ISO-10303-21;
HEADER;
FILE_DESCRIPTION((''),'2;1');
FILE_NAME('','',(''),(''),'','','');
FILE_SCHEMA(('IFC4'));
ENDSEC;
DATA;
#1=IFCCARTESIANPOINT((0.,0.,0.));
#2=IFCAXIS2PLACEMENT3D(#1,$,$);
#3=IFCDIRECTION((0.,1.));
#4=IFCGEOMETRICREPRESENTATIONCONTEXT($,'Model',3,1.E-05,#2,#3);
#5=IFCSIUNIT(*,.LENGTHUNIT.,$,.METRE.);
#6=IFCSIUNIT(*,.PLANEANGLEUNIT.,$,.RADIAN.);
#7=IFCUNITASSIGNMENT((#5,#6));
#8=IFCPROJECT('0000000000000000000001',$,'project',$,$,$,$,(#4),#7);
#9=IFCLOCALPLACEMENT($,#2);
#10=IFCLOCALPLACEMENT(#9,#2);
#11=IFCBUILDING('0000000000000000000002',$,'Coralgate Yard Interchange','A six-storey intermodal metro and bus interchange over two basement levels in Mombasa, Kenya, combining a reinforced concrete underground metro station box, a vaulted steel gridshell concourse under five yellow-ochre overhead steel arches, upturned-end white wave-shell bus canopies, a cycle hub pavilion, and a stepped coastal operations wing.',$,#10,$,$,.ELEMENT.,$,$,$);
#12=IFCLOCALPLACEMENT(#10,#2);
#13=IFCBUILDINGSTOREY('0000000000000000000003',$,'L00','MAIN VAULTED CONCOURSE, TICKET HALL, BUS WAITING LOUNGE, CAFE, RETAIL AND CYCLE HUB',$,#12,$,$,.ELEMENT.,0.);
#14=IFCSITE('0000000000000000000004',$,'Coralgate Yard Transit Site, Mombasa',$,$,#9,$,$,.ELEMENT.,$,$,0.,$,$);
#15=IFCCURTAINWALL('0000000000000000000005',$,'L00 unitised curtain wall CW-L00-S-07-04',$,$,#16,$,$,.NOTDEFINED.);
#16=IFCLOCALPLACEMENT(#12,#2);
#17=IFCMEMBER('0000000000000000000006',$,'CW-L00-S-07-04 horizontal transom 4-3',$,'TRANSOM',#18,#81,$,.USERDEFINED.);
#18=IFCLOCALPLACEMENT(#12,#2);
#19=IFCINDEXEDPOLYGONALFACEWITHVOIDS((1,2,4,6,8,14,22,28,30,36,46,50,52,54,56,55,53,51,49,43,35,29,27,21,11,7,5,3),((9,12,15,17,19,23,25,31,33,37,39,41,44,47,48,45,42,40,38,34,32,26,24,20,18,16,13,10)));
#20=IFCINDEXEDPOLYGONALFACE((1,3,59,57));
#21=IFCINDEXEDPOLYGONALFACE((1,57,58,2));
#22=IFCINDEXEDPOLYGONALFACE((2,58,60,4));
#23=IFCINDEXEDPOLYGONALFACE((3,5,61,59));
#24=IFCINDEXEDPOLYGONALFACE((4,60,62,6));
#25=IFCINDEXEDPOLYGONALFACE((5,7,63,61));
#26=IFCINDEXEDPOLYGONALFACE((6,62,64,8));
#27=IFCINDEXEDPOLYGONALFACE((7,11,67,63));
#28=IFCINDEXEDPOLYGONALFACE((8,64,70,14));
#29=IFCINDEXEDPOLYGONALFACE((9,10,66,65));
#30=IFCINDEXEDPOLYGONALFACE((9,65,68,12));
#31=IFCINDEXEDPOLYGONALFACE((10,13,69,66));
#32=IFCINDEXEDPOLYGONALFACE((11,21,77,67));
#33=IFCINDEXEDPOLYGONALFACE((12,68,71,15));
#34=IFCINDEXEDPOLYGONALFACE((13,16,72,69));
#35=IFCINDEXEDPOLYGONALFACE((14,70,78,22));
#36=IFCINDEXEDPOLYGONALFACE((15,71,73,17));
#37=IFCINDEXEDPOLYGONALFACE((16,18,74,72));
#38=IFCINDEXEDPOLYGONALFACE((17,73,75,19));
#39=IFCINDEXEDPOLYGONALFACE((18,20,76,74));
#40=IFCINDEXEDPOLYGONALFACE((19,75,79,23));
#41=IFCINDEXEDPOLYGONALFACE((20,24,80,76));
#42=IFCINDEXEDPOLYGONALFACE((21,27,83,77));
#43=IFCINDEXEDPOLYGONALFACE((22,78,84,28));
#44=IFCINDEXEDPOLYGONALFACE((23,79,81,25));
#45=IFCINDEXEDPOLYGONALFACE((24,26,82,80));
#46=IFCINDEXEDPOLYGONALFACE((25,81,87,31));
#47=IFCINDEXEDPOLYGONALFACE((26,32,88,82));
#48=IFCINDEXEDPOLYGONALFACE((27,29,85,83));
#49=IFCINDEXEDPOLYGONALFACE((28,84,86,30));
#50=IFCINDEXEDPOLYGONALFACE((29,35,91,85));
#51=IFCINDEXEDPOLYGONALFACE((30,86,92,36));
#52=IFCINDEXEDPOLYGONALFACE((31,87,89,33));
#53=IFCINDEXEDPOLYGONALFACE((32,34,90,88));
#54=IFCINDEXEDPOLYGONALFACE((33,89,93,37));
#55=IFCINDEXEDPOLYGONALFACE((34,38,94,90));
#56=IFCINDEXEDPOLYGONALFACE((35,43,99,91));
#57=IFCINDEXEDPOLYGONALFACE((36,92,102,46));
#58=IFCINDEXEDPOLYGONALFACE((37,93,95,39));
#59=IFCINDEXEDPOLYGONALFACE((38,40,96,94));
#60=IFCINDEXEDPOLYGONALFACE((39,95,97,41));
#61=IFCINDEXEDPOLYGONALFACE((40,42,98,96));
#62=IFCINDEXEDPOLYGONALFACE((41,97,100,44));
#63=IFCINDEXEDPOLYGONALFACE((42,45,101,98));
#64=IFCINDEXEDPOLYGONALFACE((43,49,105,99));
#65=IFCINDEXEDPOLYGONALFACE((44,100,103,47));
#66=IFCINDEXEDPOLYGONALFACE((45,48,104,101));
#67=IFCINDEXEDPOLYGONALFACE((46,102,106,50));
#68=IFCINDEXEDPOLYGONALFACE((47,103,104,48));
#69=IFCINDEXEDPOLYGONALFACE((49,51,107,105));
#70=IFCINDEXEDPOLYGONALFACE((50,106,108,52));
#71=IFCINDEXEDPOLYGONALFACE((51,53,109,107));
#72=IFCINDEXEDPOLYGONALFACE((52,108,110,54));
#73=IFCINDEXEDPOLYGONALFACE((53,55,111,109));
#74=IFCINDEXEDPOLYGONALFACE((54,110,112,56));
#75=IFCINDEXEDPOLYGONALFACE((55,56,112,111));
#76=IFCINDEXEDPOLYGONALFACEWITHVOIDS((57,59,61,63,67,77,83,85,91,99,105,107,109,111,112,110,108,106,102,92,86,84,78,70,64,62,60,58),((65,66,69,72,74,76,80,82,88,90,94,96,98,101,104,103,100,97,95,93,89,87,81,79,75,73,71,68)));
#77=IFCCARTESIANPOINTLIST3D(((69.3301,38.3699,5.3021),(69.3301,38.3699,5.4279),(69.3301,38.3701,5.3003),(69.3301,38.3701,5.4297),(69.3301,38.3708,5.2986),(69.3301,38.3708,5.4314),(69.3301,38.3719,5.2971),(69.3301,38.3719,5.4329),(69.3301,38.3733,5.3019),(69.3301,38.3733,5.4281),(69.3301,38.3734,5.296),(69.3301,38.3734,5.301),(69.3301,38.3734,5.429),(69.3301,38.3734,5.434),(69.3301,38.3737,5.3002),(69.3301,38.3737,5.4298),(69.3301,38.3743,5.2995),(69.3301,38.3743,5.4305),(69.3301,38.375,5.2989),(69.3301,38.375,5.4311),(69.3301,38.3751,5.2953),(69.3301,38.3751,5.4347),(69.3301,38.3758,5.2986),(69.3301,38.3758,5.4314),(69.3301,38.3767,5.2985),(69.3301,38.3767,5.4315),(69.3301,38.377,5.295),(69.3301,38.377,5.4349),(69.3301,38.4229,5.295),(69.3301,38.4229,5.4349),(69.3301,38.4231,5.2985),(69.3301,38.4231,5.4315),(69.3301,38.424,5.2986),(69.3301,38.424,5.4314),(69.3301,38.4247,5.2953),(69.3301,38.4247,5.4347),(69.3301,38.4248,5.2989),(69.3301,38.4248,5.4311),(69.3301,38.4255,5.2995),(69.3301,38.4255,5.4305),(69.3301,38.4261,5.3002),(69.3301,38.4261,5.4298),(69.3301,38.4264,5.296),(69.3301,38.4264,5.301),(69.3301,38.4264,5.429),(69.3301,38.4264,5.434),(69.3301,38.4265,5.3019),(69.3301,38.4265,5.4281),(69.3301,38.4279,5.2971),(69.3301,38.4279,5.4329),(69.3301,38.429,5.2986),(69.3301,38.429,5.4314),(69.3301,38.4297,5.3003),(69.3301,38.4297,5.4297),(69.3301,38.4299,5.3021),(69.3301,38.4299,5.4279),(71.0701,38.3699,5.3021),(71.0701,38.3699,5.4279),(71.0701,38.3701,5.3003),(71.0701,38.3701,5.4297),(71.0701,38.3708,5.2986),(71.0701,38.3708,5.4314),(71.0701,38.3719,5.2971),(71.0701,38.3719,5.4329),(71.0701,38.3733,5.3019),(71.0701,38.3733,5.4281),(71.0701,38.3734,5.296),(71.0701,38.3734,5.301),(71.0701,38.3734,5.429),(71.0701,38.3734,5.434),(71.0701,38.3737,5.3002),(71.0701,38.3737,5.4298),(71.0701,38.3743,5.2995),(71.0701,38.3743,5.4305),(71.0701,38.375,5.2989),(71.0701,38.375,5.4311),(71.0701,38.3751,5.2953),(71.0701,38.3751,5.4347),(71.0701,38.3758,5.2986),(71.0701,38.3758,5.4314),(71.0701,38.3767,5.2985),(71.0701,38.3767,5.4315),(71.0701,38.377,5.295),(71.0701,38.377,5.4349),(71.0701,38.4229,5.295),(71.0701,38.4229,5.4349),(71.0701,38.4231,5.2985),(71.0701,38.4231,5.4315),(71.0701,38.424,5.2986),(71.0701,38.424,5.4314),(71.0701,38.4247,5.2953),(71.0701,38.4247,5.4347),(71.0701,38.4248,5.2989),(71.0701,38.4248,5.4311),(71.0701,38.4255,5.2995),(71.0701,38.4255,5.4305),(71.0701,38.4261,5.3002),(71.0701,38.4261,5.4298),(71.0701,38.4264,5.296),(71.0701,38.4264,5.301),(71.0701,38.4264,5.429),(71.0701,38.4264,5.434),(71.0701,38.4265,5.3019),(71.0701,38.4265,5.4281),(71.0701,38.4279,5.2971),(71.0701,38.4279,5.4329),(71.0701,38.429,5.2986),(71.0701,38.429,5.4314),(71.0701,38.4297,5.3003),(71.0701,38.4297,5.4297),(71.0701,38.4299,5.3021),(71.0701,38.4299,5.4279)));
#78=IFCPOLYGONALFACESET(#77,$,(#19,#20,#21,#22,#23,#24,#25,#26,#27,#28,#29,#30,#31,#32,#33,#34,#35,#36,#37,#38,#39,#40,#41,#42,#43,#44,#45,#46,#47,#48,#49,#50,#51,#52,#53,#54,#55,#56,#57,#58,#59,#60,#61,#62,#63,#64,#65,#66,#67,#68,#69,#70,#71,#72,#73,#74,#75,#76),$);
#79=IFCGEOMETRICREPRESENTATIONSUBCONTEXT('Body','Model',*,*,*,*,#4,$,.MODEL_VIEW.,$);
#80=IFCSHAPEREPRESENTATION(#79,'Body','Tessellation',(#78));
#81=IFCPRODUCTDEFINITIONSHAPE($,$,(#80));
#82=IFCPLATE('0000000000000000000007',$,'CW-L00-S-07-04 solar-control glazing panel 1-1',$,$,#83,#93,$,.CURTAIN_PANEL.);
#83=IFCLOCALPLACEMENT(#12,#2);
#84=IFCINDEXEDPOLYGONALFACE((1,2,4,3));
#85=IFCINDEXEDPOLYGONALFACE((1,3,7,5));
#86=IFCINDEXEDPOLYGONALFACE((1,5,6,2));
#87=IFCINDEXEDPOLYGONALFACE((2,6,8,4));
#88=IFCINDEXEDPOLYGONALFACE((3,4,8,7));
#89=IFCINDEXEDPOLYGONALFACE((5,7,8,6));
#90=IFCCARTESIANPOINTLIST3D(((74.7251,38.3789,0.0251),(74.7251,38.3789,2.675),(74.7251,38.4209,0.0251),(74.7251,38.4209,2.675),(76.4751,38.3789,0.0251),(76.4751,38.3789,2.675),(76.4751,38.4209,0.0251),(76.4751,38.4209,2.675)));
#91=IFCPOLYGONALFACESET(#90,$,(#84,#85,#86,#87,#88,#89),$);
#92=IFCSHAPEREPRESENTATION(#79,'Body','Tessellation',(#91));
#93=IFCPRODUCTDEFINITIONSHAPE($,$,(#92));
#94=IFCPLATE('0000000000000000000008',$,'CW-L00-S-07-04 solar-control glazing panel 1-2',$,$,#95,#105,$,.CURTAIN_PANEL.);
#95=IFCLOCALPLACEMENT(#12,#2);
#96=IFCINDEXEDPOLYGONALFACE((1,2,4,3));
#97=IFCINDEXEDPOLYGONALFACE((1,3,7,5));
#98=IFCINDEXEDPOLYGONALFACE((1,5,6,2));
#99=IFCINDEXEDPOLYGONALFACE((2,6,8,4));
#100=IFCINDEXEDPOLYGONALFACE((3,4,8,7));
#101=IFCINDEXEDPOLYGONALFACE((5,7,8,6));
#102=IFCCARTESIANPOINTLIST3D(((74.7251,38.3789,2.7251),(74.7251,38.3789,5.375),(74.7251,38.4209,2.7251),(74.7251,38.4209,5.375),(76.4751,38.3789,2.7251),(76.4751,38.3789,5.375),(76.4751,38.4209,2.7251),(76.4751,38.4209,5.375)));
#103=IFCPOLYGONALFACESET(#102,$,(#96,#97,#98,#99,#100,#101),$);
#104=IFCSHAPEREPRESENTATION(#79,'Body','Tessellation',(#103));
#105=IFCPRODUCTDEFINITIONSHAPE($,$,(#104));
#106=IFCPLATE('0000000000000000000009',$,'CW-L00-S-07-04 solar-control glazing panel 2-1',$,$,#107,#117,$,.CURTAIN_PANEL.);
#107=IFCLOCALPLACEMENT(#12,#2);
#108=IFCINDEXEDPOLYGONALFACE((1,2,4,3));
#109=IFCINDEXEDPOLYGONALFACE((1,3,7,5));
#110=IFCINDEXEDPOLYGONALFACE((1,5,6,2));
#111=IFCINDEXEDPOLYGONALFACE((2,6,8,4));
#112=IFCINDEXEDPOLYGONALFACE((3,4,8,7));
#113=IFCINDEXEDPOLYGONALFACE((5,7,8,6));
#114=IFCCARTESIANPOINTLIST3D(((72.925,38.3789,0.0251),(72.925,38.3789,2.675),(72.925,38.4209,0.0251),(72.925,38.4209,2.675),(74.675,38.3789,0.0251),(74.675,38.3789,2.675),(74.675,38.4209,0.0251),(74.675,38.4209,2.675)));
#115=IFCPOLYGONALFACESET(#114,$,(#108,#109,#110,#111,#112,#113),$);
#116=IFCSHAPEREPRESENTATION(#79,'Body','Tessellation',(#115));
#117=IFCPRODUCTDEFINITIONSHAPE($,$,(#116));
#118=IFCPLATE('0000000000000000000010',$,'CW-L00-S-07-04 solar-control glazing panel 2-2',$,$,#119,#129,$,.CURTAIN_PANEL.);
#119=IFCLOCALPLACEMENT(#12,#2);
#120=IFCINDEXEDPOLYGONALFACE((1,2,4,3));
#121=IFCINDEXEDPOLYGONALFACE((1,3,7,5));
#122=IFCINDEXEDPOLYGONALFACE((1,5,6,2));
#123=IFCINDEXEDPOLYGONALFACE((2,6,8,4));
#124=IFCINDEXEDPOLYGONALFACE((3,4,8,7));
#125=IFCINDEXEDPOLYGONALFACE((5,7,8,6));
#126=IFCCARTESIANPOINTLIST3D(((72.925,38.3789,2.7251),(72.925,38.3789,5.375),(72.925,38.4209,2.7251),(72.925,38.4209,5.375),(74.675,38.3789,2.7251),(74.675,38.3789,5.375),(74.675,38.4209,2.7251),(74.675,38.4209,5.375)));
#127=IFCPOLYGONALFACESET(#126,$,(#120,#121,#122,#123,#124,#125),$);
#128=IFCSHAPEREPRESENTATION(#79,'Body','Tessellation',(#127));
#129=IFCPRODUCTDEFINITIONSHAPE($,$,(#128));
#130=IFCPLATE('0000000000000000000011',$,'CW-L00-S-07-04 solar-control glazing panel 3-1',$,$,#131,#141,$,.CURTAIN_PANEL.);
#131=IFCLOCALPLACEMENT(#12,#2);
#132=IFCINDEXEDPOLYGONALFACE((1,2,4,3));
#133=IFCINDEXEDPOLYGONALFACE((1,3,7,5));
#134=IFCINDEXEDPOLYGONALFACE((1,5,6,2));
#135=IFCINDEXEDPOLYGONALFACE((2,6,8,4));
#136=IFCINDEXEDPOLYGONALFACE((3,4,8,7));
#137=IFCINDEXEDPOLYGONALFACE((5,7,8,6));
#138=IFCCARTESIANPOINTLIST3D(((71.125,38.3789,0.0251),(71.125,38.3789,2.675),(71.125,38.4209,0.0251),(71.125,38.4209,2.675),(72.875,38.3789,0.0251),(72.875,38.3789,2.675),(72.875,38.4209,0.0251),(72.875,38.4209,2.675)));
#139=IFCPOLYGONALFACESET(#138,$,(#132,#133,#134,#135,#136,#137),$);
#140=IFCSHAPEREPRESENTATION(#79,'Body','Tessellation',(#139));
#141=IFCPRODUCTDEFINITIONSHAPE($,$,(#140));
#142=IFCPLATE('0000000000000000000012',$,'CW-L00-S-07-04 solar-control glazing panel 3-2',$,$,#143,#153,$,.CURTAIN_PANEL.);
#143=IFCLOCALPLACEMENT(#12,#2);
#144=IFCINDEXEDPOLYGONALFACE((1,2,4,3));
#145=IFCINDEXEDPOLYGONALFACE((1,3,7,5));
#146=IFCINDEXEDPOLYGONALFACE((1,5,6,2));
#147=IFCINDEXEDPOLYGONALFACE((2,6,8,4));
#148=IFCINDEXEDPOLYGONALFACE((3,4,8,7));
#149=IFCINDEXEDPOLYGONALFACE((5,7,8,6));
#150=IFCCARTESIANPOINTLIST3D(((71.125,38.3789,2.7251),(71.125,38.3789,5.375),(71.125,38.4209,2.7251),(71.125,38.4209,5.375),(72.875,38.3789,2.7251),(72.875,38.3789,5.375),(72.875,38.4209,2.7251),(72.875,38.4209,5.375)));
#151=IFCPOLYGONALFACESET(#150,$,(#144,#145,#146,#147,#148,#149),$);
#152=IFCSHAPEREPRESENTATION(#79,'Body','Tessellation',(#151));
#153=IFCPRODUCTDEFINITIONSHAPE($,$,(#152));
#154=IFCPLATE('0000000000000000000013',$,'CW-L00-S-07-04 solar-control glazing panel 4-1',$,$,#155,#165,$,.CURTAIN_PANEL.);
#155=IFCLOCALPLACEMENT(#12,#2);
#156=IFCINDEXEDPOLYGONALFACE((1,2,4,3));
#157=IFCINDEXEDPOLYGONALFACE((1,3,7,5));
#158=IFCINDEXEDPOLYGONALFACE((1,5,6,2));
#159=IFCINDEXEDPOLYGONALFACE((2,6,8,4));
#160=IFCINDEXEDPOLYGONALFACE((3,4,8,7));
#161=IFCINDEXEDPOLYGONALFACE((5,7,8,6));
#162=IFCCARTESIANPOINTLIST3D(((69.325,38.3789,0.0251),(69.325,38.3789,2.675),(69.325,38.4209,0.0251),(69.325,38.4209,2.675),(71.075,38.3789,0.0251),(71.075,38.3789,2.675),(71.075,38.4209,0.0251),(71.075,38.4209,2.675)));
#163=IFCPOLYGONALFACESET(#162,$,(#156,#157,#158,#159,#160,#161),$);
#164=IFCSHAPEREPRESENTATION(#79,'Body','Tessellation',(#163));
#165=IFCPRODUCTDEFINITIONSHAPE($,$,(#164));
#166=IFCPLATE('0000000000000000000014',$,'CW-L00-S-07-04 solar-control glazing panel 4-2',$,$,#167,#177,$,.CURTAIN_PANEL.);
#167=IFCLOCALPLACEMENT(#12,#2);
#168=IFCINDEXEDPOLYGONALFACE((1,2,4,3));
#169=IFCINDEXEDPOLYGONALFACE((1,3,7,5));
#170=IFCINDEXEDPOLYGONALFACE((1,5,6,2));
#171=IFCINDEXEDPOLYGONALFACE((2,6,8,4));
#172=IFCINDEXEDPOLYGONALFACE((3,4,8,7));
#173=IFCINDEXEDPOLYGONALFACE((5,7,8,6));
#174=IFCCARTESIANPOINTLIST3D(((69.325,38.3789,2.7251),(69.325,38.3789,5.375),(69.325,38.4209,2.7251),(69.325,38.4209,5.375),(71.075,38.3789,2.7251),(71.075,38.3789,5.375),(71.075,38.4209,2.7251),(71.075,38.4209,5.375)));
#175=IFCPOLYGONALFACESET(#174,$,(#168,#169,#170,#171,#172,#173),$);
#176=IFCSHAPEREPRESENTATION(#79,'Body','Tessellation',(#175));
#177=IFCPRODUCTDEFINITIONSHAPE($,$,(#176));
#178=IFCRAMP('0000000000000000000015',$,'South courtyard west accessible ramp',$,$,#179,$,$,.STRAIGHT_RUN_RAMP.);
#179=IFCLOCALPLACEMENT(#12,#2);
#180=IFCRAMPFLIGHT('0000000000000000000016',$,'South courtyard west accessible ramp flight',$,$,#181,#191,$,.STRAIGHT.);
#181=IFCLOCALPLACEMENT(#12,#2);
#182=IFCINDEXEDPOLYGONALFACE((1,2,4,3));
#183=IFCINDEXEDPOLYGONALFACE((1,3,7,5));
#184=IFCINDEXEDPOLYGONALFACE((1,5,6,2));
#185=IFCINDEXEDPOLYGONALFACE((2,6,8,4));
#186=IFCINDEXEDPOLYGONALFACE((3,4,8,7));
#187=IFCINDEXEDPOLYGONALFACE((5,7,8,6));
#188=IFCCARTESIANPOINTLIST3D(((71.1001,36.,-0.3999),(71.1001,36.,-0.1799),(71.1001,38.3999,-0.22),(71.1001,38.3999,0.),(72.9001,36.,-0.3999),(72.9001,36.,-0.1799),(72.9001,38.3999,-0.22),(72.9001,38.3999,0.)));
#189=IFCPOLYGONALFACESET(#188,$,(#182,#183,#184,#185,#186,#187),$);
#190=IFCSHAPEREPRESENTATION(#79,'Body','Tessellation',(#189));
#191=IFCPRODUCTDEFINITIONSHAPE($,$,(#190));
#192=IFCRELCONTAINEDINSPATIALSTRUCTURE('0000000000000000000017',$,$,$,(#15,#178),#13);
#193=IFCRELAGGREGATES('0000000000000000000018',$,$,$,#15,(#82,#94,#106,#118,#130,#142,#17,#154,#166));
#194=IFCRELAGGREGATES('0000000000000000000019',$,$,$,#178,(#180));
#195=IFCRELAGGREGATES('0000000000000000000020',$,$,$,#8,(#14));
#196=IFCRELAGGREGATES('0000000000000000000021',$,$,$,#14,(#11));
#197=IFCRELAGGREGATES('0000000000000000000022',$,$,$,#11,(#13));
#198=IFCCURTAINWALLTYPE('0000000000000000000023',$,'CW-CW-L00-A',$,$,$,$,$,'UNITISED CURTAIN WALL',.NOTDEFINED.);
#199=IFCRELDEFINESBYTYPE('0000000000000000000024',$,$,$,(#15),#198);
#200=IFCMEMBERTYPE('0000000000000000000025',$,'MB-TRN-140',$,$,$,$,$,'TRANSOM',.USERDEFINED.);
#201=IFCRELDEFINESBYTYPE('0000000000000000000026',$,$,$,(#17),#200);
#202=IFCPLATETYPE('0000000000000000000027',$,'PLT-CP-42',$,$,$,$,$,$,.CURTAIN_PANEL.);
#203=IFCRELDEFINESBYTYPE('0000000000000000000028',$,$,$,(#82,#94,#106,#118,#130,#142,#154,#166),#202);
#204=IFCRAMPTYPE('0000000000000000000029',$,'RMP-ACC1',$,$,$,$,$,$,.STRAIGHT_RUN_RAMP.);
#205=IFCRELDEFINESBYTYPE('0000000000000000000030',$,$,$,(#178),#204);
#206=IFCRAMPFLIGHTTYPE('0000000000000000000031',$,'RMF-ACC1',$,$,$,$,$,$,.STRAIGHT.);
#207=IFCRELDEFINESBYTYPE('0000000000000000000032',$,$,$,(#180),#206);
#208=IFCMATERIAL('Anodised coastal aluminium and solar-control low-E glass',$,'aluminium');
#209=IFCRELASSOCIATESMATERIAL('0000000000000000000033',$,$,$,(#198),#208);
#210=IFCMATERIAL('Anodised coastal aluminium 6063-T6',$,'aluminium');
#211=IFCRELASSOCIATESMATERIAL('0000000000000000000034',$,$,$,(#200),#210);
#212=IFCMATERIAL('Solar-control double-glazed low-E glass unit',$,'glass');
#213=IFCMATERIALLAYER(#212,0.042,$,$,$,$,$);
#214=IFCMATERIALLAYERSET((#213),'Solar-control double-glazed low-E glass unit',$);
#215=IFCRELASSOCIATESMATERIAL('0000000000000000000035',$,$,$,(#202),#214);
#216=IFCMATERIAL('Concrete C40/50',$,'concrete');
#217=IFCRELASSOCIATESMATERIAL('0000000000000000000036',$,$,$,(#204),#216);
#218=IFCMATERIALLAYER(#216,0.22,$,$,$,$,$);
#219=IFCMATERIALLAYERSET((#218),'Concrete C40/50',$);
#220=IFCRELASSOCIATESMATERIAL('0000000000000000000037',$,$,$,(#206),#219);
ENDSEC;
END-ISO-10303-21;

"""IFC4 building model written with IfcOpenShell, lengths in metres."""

from ifc_helpers import new_model, si_unit, direction, frame, origin, origin_2d, place, context, subcontext, project, spatial, polyline, rectangle, hollow_rectangle, outline, extrude, material, layer, layer_set, material_profile, profile_set, type_object, element, aggregate, save


model = new_model("IFC4")

# Units and contexts
model_context = context("Model", 3, precision=1e-05, world=origin(), true_north=direction((0.0, 1.0)))
body_context = subcontext(model_context, "Body", "Model", "MODEL_VIEW")
ifc_project = project(units=[si_unit("LENGTHUNIT", "METRE"), si_unit("PLANEANGLEUNIT", "RADIAN")], contexts=[model_context])

# Site, building, storey
site_placement = place(None, origin())
site = spatial("IfcSite", under=ifc_project, at=site_placement, Name="Coralgate Yard Transit Site, Mombasa", CompositionType="ELEMENT", RefElevation=0.0)
building_placement = place(site_placement, origin())
building = spatial("IfcBuilding", under=site, at=building_placement, Name="Coralgate Yard Interchange", Description="A six-storey intermodal metro and bus interchange over two basement levels in Mombasa, Kenya, combining a reinforced concrete underground metro station box, a vaulted steel gridshell concourse under five yellow-ochre overhead steel arches, upturned-end white wave-shell bus canopies, a cycle hub pavilion, and a stepped coastal operations wing.", CompositionType="ELEMENT")
storey_placement = place(building_placement, origin())
storey = spatial("IfcBuildingStorey", under=building, at=storey_placement, Name="L00", Description="MAIN VAULTED CONCOURSE, TICKET HALL, BUS WAITING LOUNGE, CAFE, RETAIL AND CYCLE HUB", CompositionType="ELEMENT", Elevation=0.0)

# Shared definitions
ifc_material_1 = material(Name="Concrete C40/50", Category="concrete")

# Curtain wall, member, plates
ifc_material_2 = material(Name="Anodised coastal aluminium and solar-control low-E glass", Category="aluminium")
curtain_wall_type = type_object("IfcCurtainWallType", Name="CW-CW-L00-A", ElementType="UNITISED CURTAIN WALL", PredefinedType="NOTDEFINED", material=ifc_material_2)
curtain_wall_placement = place(storey_placement, origin())
curtain_wall = element("IfcCurtainWall", 1, at=curtain_wall_placement, inside=storey, type_object=curtain_wall_type, Name="L00 unitised curtain wall CW-L00-S-07-04", PredefinedType="NOTDEFINED")
ifc_material_3 = material(Name="Anodised coastal aluminium 6063-T6", Category="aluminium")
ifc_material_profile_1 = material_profile(ifc_material_3, hollow_rectangle(XDim=0.0601, YDim=0.1399, WallThickness=0.0034, InnerFilletRadius=0.0034, OuterFilletRadius=0.0071, at=origin_2d()), Name="ALU 60x140x3.5")
ifc_profile_set_1 = profile_set([ifc_material_profile_1], Name="Anodised coastal aluminium 6063-T6")
member_type_1 = type_object("IfcMemberType", Name="MB-TRN-140", ElementType="TRANSOM", PredefinedType="USERDEFINED", material=ifc_profile_set_1)
member_1_placement = place(storey_placement, frame((71.0701, 38.3999, 5.365), z_axis=(-1.0, 0.0, 0.0), x_axis=(0.0, -1.0, 0.0)))
member_1 = element("IfcMember", 2, at=member_1_placement, type_object=member_type_1, Name="CW-L00-S-07-04 horizontal transom 4-3", ObjectType="TRANSOM", PredefinedType="USERDEFINED", context=body_context, shape_type="SweptSolid", body=[
    extrude(hollow_rectangle(XDim=0.0601, YDim=0.1399, WallThickness=0.0034, InnerFilletRadius=0.0034, OuterFilletRadius=0.0071, at=origin_2d()), origin(), (0.0, 0.0, 1.0), 1.74),
])
ifc_material_4 = material(Name="Solar-control double-glazed low-E glass unit", Category="glass")
ifc_layer_1 = layer(ifc_material_4, 0.042)
ifc_layer_set_1 = layer_set([ifc_layer_1], Name="Solar-control double-glazed low-E glass unit")
plate_type = type_object("IfcPlateType", Name="PLT-CP-42", PredefinedType="CURTAIN_PANEL", material=ifc_layer_set_1)
plate_1_placement = place(storey_placement, frame((75.6001, 38.3999, 0.0251), z_axis=(0.0, 0.0, 1.0), x_axis=(-1.0, 0.0, 0.0)))
plate_1 = element("IfcPlate", 3, at=plate_1_placement, type_object=plate_type, Name="CW-L00-S-07-04 solar-control glazing panel 1-1", PredefinedType="CURTAIN_PANEL", context=body_context, shape_type="SweptSolid", body=[
    extrude(rectangle(XDim=1.75, YDim=0.042, at=origin_2d()), origin(), (0.0, 0.0, 1.0), 2.6499),
])
plate_2_placement = place(storey_placement, frame((75.6001, 38.3999, 2.7251), z_axis=(0.0, 0.0, 1.0), x_axis=(-1.0, 0.0, 0.0)))
plate_2 = element("IfcPlate", 4, at=plate_2_placement, type_object=plate_type, Name="CW-L00-S-07-04 solar-control glazing panel 1-2", PredefinedType="CURTAIN_PANEL", context=body_context, shape_type="SweptSolid", body=[
    extrude(rectangle(XDim=1.75, YDim=0.042, at=origin_2d()), origin(), (0.0, 0.0, 1.0), 2.6499),
])
plate_3_placement = place(storey_placement, frame((73.8, 38.3999, 0.0251), z_axis=(0.0, 0.0, 1.0), x_axis=(-1.0, 0.0, 0.0)))
plate_3 = element("IfcPlate", 5, at=plate_3_placement, type_object=plate_type, Name="CW-L00-S-07-04 solar-control glazing panel 2-1", PredefinedType="CURTAIN_PANEL", context=body_context, shape_type="SweptSolid", body=[
    extrude(rectangle(XDim=1.75, YDim=0.042, at=origin_2d()), origin(), (0.0, 0.0, 1.0), 2.6499),
])
plate_4_placement = place(storey_placement, frame((73.8, 38.3999, 2.7251), z_axis=(0.0, 0.0, 1.0), x_axis=(-1.0, 0.0, 0.0)))
plate_4 = element("IfcPlate", 6, at=plate_4_placement, type_object=plate_type, Name="CW-L00-S-07-04 solar-control glazing panel 2-2", PredefinedType="CURTAIN_PANEL", context=body_context, shape_type="SweptSolid", body=[
    extrude(rectangle(XDim=1.75, YDim=0.042, at=origin_2d()), origin(), (0.0, 0.0, 1.0), 2.6499),
])
plate_5_placement = place(storey_placement, frame((72.0, 38.3999, 0.0251), z_axis=(0.0, 0.0, 1.0), x_axis=(-1.0, 0.0, 0.0)))
plate_5 = element("IfcPlate", 7, at=plate_5_placement, type_object=plate_type, Name="CW-L00-S-07-04 solar-control glazing panel 3-1", PredefinedType="CURTAIN_PANEL", context=body_context, shape_type="SweptSolid", body=[
    extrude(rectangle(XDim=1.75, YDim=0.042, at=origin_2d()), origin(), (0.0, 0.0, 1.0), 2.6499),
])
plate_6_placement = place(storey_placement, frame((72.0, 38.3999, 2.7251), z_axis=(0.0, 0.0, 1.0), x_axis=(-1.0, 0.0, 0.0)))
plate_6 = element("IfcPlate", 8, at=plate_6_placement, type_object=plate_type, Name="CW-L00-S-07-04 solar-control glazing panel 3-2", PredefinedType="CURTAIN_PANEL", context=body_context, shape_type="SweptSolid", body=[
    extrude(rectangle(XDim=1.75, YDim=0.042, at=origin_2d()), origin(), (0.0, 0.0, 1.0), 2.6499),
])
plate_7_placement = place(storey_placement, frame((70.2, 38.3999, 0.0251), z_axis=(0.0, 0.0, 1.0), x_axis=(-1.0, 0.0, 0.0)))
plate_7 = element("IfcPlate", 9, at=plate_7_placement, type_object=plate_type, Name="CW-L00-S-07-04 solar-control glazing panel 4-1", PredefinedType="CURTAIN_PANEL", context=body_context, shape_type="SweptSolid", body=[
    extrude(rectangle(XDim=1.75, YDim=0.042, at=origin_2d()), origin(), (0.0, 0.0, 1.0), 2.6499),
])
plate_8_placement = place(storey_placement, frame((70.2, 38.3999, 2.7251), z_axis=(0.0, 0.0, 1.0), x_axis=(-1.0, 0.0, 0.0)))
plate_8 = element("IfcPlate", 10, at=plate_8_placement, type_object=plate_type, Name="CW-L00-S-07-04 solar-control glazing panel 4-2", PredefinedType="CURTAIN_PANEL", context=body_context, shape_type="SweptSolid", body=[
    extrude(rectangle(XDim=1.75, YDim=0.042, at=origin_2d()), origin(), (0.0, 0.0, 1.0), 2.6499),
])
aggregate(curtain_wall, [plate_1, plate_2, plate_3, plate_4, plate_5, plate_6, member_1, plate_7, plate_8])

# Ramp, ramp flight
ramp_type = type_object("IfcRampType", Name="RMP-ACC1", PredefinedType="STRAIGHT_RUN_RAMP", material=ifc_material_1)
ramp_placement = place(storey_placement, origin())
ramp = element("IfcRamp", 11, at=ramp_placement, inside=storey, type_object=ramp_type, Name="South courtyard west accessible ramp", PredefinedType="STRAIGHT_RUN_RAMP")
ifc_layer_2 = layer(ifc_material_1, 0.22)
ifc_layer_set_2 = layer_set([ifc_layer_2], Name="Concrete C40/50")
ramp_flight_type = type_object("IfcRampFlightType", Name="RMF-ACC1", PredefinedType="STRAIGHT", material=ifc_layer_set_2)
ramp_flight_placement = place(storey_placement, frame((72.0, 36.0, -0.1799), z_axis=(0.0, 0.0, 1.0), x_axis=(0.0, 1.0, 0.0)))
ramp_flight = element("IfcRampFlight", 12, at=ramp_flight_placement, type_object=ramp_flight_type, Name="South courtyard west accessible ramp flight", PredefinedType="STRAIGHT", context=body_context, shape_type="SweptSolid", body=[
    extrude(outline(polyline([(0.0, 0.0), (2.3999, 0.1799), (2.3999, -0.04), (0.0, -0.22), (0.0, 0.0)])), frame((0.0, 0.8999, 0.0), z_axis=(0.0, -1.0, 0.0), x_axis=(1.0, 0.0, 0.0)), (0.0, 0.0, 1.0), 1.8),
])
aggregate(ramp, [ramp_flight])

save(model, "model.ifc")
